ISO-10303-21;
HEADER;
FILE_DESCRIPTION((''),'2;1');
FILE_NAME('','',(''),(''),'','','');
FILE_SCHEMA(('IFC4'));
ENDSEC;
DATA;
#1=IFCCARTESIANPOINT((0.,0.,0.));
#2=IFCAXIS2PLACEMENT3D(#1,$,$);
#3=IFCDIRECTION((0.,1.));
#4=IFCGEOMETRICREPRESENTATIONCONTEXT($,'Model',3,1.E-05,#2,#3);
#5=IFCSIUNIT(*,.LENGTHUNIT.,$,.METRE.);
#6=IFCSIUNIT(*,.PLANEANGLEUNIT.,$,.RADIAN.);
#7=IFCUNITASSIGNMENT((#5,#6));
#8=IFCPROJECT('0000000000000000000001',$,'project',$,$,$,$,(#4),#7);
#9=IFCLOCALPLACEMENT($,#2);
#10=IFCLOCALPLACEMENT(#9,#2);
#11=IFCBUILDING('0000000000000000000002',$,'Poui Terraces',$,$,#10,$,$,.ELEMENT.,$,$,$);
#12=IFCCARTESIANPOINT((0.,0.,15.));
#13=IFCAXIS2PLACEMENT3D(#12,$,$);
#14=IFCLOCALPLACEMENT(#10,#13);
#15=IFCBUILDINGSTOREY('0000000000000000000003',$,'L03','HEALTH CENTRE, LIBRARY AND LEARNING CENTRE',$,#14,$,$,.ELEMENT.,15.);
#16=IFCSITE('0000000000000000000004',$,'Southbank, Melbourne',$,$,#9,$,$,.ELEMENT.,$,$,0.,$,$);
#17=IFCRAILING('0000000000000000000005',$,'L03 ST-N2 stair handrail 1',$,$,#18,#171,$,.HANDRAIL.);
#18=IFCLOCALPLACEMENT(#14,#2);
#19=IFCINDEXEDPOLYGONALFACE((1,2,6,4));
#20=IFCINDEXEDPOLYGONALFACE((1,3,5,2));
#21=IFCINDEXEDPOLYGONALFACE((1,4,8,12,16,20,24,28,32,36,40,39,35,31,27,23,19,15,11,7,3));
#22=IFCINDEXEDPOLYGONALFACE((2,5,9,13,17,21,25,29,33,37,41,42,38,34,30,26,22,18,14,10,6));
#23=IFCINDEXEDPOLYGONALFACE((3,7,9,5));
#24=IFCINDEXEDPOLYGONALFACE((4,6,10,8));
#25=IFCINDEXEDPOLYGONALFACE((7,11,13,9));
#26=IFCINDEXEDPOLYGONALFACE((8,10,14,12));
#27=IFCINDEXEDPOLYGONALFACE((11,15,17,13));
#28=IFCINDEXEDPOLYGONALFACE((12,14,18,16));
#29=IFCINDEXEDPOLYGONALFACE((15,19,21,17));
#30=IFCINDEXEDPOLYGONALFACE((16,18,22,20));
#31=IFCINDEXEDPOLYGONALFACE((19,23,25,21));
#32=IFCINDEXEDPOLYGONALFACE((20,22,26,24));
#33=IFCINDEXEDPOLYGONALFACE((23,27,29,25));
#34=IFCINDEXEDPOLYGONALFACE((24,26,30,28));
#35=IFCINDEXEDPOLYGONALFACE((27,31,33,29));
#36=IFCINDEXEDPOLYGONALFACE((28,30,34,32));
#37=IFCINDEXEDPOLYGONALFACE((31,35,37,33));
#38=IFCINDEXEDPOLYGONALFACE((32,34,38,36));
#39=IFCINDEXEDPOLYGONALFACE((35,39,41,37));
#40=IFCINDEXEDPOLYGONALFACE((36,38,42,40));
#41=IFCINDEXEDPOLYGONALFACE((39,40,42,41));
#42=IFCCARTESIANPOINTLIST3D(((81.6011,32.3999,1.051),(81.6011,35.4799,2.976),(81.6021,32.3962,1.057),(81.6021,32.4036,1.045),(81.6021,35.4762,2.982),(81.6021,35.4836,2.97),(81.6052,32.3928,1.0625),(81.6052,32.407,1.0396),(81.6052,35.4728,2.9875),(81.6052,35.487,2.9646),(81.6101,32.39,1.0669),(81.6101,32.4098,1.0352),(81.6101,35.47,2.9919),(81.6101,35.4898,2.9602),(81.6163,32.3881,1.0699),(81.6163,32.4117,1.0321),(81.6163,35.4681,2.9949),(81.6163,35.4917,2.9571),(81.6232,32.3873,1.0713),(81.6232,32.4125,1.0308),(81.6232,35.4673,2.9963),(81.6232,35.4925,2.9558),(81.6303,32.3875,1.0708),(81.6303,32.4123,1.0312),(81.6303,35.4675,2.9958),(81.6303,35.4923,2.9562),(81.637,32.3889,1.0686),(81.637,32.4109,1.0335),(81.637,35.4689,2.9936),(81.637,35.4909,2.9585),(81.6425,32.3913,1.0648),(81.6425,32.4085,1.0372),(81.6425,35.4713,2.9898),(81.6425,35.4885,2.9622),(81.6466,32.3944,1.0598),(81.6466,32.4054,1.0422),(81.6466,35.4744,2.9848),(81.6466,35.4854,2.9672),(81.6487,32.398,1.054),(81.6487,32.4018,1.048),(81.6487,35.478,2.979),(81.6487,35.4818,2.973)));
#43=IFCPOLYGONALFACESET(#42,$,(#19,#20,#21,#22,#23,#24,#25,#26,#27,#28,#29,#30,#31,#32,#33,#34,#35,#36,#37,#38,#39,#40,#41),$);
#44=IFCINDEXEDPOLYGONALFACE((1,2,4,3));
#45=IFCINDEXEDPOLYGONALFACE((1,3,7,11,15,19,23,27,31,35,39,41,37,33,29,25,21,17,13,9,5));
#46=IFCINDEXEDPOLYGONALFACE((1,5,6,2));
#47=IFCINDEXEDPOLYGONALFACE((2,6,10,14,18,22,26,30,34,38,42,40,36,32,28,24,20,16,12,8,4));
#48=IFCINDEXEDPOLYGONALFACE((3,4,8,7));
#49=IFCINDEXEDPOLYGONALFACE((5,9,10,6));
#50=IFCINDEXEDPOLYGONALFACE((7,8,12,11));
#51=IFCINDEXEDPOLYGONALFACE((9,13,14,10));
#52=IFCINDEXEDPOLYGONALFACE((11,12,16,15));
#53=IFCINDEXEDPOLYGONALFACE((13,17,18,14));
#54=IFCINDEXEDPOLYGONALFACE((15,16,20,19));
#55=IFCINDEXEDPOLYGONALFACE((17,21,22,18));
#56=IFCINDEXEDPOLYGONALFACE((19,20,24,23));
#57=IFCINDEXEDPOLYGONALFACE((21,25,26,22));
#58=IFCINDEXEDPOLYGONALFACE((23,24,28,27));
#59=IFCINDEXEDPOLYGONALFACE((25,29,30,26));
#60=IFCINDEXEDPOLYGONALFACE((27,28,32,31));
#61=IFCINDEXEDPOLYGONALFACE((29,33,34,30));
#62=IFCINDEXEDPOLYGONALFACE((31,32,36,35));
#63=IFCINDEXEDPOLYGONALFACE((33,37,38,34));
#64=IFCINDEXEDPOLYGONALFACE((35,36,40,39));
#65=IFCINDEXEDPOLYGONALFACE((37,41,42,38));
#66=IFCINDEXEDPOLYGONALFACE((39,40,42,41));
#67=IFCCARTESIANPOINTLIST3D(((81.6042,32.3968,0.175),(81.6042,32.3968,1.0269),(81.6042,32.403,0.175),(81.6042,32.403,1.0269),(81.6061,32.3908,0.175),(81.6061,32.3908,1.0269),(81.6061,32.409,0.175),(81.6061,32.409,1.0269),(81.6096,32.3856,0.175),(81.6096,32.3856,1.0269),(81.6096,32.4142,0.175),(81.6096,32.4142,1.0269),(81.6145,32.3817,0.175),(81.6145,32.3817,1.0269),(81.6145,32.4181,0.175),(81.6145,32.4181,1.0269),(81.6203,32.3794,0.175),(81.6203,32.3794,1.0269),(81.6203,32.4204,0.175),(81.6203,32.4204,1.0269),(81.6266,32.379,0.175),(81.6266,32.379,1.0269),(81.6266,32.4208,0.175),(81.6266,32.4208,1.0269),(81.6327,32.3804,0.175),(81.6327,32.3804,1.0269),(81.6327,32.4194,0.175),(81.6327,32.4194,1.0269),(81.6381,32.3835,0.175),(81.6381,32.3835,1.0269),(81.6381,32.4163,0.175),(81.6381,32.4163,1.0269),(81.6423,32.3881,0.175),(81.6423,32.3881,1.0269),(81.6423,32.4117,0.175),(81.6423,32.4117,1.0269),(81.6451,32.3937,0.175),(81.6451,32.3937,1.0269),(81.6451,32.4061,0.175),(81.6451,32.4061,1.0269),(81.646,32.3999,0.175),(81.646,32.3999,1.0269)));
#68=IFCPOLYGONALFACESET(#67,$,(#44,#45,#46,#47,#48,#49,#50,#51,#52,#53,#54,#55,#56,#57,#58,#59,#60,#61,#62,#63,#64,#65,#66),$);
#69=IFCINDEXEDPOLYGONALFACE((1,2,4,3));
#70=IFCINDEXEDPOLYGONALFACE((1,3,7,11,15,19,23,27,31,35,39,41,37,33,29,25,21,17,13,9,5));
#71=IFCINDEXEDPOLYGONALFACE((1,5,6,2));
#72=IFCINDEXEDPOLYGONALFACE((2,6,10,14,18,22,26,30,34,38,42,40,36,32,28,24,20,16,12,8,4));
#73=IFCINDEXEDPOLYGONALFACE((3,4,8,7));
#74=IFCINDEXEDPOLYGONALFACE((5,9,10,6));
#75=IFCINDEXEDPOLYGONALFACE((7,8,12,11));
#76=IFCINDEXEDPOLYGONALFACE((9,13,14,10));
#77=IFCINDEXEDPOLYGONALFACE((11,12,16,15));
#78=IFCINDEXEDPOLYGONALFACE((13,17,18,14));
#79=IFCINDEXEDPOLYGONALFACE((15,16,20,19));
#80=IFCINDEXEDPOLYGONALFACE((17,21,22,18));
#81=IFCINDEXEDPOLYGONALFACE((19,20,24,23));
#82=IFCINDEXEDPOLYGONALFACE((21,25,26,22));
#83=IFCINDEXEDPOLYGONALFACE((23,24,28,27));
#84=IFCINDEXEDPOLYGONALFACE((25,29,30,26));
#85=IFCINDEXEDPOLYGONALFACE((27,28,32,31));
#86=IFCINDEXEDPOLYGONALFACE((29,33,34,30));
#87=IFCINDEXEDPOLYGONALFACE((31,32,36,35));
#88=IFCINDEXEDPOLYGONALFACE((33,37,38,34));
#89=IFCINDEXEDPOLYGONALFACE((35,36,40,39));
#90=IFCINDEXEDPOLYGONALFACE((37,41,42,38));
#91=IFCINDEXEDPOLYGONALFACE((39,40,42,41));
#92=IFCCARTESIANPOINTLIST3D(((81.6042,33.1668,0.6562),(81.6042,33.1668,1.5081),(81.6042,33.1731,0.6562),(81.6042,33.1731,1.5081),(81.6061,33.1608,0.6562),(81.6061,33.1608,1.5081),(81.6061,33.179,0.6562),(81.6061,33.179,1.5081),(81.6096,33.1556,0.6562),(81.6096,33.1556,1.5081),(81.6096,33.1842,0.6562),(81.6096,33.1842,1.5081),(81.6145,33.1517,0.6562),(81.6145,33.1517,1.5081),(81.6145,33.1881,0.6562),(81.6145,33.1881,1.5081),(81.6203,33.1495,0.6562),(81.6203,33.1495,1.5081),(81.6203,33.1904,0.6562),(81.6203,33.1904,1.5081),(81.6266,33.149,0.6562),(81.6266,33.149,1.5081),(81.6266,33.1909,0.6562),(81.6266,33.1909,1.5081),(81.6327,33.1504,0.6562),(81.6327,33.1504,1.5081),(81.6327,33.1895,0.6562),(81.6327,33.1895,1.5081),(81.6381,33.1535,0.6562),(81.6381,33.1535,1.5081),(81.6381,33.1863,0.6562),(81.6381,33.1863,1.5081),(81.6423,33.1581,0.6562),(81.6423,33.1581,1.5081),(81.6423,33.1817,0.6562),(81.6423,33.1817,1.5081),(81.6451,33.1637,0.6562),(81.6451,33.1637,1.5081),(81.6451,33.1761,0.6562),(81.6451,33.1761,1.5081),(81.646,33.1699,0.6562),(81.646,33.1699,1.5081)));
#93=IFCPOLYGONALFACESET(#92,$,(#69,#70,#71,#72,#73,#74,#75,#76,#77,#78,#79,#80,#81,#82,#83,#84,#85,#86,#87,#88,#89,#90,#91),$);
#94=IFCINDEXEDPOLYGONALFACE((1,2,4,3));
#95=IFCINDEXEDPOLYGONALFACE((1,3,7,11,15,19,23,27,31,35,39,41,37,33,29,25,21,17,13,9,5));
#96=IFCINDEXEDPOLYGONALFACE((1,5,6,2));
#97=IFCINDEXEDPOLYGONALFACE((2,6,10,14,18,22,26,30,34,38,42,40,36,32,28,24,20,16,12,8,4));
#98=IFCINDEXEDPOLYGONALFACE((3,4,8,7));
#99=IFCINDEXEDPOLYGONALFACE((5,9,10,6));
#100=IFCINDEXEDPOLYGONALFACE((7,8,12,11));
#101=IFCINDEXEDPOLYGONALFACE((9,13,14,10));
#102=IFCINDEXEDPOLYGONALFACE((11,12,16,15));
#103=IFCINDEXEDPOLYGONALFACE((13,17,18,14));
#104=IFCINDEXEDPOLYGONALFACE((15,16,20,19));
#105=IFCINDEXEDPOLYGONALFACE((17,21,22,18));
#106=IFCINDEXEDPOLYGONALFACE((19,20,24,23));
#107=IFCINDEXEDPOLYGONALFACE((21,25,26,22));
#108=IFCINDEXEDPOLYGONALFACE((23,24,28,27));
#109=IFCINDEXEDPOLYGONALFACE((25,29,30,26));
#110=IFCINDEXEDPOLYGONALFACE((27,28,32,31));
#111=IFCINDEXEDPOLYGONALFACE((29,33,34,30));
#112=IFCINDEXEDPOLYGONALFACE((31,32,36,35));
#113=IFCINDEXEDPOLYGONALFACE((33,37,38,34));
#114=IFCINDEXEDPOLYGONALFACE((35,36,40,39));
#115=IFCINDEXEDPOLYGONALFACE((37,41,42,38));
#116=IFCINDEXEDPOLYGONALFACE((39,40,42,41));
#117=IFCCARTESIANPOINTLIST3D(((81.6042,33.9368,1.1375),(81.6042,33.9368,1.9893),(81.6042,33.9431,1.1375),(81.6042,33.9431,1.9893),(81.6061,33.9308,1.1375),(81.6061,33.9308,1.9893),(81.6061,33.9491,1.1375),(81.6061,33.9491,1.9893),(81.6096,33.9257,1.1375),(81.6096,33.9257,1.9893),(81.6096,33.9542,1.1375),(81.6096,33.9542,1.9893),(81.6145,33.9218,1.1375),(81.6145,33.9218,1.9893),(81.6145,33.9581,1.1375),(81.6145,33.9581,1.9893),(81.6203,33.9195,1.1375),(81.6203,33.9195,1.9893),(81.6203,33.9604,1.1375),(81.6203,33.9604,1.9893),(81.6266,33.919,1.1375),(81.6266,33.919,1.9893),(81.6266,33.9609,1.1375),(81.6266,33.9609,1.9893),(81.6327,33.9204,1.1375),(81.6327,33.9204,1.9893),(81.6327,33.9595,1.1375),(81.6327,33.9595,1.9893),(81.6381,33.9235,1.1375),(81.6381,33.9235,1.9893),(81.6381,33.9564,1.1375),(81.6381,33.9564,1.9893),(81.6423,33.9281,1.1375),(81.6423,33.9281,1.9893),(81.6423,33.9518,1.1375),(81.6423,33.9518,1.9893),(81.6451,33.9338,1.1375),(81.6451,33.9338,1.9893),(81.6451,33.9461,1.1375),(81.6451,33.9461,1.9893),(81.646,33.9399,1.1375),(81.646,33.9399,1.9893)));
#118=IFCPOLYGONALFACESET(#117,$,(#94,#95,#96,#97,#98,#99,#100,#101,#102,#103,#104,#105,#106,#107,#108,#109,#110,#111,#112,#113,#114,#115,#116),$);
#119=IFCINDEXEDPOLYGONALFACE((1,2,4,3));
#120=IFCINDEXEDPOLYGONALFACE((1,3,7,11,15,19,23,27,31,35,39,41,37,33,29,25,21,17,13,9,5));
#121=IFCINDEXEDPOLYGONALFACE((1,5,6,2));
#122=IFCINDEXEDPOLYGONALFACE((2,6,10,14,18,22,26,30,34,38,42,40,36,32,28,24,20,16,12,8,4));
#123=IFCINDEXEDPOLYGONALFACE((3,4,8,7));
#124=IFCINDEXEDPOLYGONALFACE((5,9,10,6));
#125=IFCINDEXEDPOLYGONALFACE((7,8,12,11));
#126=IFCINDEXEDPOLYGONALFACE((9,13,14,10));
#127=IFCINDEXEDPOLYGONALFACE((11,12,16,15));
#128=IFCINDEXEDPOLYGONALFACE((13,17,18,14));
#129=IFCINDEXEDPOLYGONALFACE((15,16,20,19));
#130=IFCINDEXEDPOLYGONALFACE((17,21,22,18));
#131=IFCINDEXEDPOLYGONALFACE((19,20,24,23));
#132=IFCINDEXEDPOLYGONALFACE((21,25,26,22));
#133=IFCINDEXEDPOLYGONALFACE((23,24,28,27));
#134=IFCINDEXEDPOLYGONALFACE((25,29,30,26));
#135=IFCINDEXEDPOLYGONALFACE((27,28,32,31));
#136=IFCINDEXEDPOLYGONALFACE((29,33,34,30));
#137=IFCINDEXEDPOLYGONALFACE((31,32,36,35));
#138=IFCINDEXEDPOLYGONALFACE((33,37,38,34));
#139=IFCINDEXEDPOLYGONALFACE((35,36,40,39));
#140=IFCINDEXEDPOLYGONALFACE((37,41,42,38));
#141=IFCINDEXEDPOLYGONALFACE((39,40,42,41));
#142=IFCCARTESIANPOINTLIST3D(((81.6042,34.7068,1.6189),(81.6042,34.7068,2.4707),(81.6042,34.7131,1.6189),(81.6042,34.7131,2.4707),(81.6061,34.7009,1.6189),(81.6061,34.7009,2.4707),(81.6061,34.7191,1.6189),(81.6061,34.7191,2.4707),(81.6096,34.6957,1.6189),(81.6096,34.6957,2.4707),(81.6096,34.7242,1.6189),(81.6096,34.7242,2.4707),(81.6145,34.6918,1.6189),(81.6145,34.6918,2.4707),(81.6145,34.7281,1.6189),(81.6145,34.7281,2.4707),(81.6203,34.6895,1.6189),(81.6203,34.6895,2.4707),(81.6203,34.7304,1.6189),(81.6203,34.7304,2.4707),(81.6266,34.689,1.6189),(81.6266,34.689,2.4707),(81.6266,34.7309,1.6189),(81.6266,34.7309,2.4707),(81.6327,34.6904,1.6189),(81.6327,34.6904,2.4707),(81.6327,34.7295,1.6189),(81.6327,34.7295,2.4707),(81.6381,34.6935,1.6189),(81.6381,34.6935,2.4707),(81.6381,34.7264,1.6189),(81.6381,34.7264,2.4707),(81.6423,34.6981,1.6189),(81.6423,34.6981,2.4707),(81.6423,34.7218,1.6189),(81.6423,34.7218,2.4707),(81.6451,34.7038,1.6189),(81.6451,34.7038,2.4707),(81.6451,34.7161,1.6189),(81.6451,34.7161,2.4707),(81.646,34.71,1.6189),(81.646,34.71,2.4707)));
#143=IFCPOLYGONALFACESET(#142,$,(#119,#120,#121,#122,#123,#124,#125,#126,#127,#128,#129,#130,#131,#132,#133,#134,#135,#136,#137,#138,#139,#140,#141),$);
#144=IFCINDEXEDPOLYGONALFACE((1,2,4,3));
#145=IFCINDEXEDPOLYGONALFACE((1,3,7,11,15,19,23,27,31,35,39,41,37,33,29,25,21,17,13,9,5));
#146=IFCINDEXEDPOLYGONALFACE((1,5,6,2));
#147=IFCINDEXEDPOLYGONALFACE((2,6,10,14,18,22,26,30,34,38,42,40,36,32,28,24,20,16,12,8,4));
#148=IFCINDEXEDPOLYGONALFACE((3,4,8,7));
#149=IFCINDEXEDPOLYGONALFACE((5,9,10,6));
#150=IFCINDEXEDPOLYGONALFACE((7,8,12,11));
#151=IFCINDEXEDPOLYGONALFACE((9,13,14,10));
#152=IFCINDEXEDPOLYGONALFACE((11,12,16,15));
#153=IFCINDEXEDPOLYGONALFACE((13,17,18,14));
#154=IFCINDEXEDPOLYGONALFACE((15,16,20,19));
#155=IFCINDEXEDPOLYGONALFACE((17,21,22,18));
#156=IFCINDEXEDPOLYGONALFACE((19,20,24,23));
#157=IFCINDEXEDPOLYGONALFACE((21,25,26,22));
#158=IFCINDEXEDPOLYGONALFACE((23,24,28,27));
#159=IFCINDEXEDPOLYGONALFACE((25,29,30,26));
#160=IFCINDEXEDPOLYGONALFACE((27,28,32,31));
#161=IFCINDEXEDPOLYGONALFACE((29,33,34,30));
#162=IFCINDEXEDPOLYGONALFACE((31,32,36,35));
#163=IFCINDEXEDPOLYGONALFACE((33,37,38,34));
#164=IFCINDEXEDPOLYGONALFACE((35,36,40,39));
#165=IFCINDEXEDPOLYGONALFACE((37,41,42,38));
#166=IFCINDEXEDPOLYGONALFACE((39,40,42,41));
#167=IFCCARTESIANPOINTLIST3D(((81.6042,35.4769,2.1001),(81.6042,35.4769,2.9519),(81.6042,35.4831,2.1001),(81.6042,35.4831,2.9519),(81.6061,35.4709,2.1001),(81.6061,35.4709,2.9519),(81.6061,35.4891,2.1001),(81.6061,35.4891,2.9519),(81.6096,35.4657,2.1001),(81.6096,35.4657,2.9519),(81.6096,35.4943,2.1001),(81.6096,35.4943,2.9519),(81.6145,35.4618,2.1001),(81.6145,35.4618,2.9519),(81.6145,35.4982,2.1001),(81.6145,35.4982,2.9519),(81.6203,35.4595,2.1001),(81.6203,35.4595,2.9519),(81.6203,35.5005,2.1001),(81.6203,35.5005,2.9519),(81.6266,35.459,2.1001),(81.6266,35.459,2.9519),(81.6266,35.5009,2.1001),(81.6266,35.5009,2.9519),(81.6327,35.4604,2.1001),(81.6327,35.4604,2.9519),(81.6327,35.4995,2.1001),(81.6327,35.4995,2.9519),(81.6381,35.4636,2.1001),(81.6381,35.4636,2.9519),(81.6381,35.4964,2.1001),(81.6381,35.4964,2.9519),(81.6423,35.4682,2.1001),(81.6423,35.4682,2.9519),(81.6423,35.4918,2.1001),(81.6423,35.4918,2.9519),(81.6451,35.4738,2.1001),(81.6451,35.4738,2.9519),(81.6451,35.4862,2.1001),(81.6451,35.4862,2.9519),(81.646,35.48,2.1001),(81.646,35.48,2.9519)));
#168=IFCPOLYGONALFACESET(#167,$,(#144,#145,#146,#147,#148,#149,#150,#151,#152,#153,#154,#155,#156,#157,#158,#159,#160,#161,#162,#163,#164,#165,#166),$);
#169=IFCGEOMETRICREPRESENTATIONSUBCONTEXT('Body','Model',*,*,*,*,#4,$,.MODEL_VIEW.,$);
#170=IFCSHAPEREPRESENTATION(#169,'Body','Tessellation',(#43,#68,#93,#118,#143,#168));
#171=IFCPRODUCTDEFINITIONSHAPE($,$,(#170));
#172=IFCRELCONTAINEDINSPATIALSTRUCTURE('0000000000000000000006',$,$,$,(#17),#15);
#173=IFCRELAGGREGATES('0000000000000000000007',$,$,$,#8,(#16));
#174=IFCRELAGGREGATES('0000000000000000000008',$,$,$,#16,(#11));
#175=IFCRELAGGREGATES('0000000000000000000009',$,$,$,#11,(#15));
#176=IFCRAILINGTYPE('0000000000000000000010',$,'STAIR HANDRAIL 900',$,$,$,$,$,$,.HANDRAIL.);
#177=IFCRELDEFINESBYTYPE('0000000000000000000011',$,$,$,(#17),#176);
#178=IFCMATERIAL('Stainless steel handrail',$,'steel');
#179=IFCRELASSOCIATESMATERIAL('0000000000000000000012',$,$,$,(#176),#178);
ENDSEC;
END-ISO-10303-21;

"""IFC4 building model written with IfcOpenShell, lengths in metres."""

from ifc_helpers import new_model, si_unit, direction, frame, origin, origin_2d, place, context, subcontext, project, spatial, circle, extrude, material, type_object, element, save


model = new_model("IFC4")

# Units and contexts
model_context = context("Model", 3, precision=1e-05, world=origin(), true_north=direction((0.0, 1.0)))
body_context = subcontext(model_context, "Body", "Model", "MODEL_VIEW")
ifc_project = project(units=[si_unit("LENGTHUNIT", "METRE"), si_unit("PLANEANGLEUNIT", "RADIAN")], contexts=[model_context])

# Site, building, storey
site_placement = place(None, origin())
site = spatial("IfcSite", under=ifc_project, at=site_placement, Name="Southbank, Melbourne", CompositionType="ELEMENT", RefElevation=0.0)
building_placement = place(site_placement, origin())
building = spatial("IfcBuilding", under=site, at=building_placement, Name="Poui Terraces", CompositionType="ELEMENT")
storey_placement = place(building_placement, frame((0.0, 0.0, 15.0)))
storey = spatial("IfcBuildingStorey", under=building, at=storey_placement, Name="L03", Description="HEALTH CENTRE, LIBRARY AND LEARNING CENTRE", CompositionType="ELEMENT", Elevation=15.0)

# Railing
ifc_material_1 = material(Name="Stainless steel handrail", Category="steel")
railing_type_1 = type_object("IfcRailingType", Name="STAIR HANDRAIL 900", PredefinedType="HANDRAIL", material=ifc_material_1)
railing_1_placement = place(storey_placement, frame((81.625, 32.3999, 0.175)))
element("IfcRailing", 1, at=railing_1_placement, inside=storey, type_object=railing_type_1, Name="L03 ST-N2 stair handrail 1", PredefinedType="HANDRAIL", context=body_context, shape_type="SweptSolid", body=[
    extrude(circle(Radius=0.0239, at=origin_2d()), frame((0.0, 0.0, 0.876), z_axis=(0.0, 0.847998, 0.529999), x_axis=(-1.0, 0.0, 0.0)), (0.0, 0.0, 1.0), 3.6321),
    extrude(circle(Radius=0.021, at=origin_2d()), origin(), (0.0, 0.0, 1.0), 0.8518),
    extrude(circle(Radius=0.021, at=origin_2d()), frame((0.0, 0.77, 0.4812)), (0.0, 0.0, 1.0), 0.8518),
    extrude(circle(Radius=0.021, at=origin_2d()), frame((0.0, 1.54, 0.9624)), (0.0, 0.0, 1.0), 0.8518),
    extrude(circle(Radius=0.021, at=origin_2d()), frame((0.0, 2.3101, 1.4438)), (0.0, 0.0, 1.0), 0.8518),
    extrude(circle(Radius=0.021, at=origin_2d()), frame((0.0, 3.0801, 1.925)), (0.0, 0.0, 1.0), 0.8518),
])

save(model, "model.ifc")
